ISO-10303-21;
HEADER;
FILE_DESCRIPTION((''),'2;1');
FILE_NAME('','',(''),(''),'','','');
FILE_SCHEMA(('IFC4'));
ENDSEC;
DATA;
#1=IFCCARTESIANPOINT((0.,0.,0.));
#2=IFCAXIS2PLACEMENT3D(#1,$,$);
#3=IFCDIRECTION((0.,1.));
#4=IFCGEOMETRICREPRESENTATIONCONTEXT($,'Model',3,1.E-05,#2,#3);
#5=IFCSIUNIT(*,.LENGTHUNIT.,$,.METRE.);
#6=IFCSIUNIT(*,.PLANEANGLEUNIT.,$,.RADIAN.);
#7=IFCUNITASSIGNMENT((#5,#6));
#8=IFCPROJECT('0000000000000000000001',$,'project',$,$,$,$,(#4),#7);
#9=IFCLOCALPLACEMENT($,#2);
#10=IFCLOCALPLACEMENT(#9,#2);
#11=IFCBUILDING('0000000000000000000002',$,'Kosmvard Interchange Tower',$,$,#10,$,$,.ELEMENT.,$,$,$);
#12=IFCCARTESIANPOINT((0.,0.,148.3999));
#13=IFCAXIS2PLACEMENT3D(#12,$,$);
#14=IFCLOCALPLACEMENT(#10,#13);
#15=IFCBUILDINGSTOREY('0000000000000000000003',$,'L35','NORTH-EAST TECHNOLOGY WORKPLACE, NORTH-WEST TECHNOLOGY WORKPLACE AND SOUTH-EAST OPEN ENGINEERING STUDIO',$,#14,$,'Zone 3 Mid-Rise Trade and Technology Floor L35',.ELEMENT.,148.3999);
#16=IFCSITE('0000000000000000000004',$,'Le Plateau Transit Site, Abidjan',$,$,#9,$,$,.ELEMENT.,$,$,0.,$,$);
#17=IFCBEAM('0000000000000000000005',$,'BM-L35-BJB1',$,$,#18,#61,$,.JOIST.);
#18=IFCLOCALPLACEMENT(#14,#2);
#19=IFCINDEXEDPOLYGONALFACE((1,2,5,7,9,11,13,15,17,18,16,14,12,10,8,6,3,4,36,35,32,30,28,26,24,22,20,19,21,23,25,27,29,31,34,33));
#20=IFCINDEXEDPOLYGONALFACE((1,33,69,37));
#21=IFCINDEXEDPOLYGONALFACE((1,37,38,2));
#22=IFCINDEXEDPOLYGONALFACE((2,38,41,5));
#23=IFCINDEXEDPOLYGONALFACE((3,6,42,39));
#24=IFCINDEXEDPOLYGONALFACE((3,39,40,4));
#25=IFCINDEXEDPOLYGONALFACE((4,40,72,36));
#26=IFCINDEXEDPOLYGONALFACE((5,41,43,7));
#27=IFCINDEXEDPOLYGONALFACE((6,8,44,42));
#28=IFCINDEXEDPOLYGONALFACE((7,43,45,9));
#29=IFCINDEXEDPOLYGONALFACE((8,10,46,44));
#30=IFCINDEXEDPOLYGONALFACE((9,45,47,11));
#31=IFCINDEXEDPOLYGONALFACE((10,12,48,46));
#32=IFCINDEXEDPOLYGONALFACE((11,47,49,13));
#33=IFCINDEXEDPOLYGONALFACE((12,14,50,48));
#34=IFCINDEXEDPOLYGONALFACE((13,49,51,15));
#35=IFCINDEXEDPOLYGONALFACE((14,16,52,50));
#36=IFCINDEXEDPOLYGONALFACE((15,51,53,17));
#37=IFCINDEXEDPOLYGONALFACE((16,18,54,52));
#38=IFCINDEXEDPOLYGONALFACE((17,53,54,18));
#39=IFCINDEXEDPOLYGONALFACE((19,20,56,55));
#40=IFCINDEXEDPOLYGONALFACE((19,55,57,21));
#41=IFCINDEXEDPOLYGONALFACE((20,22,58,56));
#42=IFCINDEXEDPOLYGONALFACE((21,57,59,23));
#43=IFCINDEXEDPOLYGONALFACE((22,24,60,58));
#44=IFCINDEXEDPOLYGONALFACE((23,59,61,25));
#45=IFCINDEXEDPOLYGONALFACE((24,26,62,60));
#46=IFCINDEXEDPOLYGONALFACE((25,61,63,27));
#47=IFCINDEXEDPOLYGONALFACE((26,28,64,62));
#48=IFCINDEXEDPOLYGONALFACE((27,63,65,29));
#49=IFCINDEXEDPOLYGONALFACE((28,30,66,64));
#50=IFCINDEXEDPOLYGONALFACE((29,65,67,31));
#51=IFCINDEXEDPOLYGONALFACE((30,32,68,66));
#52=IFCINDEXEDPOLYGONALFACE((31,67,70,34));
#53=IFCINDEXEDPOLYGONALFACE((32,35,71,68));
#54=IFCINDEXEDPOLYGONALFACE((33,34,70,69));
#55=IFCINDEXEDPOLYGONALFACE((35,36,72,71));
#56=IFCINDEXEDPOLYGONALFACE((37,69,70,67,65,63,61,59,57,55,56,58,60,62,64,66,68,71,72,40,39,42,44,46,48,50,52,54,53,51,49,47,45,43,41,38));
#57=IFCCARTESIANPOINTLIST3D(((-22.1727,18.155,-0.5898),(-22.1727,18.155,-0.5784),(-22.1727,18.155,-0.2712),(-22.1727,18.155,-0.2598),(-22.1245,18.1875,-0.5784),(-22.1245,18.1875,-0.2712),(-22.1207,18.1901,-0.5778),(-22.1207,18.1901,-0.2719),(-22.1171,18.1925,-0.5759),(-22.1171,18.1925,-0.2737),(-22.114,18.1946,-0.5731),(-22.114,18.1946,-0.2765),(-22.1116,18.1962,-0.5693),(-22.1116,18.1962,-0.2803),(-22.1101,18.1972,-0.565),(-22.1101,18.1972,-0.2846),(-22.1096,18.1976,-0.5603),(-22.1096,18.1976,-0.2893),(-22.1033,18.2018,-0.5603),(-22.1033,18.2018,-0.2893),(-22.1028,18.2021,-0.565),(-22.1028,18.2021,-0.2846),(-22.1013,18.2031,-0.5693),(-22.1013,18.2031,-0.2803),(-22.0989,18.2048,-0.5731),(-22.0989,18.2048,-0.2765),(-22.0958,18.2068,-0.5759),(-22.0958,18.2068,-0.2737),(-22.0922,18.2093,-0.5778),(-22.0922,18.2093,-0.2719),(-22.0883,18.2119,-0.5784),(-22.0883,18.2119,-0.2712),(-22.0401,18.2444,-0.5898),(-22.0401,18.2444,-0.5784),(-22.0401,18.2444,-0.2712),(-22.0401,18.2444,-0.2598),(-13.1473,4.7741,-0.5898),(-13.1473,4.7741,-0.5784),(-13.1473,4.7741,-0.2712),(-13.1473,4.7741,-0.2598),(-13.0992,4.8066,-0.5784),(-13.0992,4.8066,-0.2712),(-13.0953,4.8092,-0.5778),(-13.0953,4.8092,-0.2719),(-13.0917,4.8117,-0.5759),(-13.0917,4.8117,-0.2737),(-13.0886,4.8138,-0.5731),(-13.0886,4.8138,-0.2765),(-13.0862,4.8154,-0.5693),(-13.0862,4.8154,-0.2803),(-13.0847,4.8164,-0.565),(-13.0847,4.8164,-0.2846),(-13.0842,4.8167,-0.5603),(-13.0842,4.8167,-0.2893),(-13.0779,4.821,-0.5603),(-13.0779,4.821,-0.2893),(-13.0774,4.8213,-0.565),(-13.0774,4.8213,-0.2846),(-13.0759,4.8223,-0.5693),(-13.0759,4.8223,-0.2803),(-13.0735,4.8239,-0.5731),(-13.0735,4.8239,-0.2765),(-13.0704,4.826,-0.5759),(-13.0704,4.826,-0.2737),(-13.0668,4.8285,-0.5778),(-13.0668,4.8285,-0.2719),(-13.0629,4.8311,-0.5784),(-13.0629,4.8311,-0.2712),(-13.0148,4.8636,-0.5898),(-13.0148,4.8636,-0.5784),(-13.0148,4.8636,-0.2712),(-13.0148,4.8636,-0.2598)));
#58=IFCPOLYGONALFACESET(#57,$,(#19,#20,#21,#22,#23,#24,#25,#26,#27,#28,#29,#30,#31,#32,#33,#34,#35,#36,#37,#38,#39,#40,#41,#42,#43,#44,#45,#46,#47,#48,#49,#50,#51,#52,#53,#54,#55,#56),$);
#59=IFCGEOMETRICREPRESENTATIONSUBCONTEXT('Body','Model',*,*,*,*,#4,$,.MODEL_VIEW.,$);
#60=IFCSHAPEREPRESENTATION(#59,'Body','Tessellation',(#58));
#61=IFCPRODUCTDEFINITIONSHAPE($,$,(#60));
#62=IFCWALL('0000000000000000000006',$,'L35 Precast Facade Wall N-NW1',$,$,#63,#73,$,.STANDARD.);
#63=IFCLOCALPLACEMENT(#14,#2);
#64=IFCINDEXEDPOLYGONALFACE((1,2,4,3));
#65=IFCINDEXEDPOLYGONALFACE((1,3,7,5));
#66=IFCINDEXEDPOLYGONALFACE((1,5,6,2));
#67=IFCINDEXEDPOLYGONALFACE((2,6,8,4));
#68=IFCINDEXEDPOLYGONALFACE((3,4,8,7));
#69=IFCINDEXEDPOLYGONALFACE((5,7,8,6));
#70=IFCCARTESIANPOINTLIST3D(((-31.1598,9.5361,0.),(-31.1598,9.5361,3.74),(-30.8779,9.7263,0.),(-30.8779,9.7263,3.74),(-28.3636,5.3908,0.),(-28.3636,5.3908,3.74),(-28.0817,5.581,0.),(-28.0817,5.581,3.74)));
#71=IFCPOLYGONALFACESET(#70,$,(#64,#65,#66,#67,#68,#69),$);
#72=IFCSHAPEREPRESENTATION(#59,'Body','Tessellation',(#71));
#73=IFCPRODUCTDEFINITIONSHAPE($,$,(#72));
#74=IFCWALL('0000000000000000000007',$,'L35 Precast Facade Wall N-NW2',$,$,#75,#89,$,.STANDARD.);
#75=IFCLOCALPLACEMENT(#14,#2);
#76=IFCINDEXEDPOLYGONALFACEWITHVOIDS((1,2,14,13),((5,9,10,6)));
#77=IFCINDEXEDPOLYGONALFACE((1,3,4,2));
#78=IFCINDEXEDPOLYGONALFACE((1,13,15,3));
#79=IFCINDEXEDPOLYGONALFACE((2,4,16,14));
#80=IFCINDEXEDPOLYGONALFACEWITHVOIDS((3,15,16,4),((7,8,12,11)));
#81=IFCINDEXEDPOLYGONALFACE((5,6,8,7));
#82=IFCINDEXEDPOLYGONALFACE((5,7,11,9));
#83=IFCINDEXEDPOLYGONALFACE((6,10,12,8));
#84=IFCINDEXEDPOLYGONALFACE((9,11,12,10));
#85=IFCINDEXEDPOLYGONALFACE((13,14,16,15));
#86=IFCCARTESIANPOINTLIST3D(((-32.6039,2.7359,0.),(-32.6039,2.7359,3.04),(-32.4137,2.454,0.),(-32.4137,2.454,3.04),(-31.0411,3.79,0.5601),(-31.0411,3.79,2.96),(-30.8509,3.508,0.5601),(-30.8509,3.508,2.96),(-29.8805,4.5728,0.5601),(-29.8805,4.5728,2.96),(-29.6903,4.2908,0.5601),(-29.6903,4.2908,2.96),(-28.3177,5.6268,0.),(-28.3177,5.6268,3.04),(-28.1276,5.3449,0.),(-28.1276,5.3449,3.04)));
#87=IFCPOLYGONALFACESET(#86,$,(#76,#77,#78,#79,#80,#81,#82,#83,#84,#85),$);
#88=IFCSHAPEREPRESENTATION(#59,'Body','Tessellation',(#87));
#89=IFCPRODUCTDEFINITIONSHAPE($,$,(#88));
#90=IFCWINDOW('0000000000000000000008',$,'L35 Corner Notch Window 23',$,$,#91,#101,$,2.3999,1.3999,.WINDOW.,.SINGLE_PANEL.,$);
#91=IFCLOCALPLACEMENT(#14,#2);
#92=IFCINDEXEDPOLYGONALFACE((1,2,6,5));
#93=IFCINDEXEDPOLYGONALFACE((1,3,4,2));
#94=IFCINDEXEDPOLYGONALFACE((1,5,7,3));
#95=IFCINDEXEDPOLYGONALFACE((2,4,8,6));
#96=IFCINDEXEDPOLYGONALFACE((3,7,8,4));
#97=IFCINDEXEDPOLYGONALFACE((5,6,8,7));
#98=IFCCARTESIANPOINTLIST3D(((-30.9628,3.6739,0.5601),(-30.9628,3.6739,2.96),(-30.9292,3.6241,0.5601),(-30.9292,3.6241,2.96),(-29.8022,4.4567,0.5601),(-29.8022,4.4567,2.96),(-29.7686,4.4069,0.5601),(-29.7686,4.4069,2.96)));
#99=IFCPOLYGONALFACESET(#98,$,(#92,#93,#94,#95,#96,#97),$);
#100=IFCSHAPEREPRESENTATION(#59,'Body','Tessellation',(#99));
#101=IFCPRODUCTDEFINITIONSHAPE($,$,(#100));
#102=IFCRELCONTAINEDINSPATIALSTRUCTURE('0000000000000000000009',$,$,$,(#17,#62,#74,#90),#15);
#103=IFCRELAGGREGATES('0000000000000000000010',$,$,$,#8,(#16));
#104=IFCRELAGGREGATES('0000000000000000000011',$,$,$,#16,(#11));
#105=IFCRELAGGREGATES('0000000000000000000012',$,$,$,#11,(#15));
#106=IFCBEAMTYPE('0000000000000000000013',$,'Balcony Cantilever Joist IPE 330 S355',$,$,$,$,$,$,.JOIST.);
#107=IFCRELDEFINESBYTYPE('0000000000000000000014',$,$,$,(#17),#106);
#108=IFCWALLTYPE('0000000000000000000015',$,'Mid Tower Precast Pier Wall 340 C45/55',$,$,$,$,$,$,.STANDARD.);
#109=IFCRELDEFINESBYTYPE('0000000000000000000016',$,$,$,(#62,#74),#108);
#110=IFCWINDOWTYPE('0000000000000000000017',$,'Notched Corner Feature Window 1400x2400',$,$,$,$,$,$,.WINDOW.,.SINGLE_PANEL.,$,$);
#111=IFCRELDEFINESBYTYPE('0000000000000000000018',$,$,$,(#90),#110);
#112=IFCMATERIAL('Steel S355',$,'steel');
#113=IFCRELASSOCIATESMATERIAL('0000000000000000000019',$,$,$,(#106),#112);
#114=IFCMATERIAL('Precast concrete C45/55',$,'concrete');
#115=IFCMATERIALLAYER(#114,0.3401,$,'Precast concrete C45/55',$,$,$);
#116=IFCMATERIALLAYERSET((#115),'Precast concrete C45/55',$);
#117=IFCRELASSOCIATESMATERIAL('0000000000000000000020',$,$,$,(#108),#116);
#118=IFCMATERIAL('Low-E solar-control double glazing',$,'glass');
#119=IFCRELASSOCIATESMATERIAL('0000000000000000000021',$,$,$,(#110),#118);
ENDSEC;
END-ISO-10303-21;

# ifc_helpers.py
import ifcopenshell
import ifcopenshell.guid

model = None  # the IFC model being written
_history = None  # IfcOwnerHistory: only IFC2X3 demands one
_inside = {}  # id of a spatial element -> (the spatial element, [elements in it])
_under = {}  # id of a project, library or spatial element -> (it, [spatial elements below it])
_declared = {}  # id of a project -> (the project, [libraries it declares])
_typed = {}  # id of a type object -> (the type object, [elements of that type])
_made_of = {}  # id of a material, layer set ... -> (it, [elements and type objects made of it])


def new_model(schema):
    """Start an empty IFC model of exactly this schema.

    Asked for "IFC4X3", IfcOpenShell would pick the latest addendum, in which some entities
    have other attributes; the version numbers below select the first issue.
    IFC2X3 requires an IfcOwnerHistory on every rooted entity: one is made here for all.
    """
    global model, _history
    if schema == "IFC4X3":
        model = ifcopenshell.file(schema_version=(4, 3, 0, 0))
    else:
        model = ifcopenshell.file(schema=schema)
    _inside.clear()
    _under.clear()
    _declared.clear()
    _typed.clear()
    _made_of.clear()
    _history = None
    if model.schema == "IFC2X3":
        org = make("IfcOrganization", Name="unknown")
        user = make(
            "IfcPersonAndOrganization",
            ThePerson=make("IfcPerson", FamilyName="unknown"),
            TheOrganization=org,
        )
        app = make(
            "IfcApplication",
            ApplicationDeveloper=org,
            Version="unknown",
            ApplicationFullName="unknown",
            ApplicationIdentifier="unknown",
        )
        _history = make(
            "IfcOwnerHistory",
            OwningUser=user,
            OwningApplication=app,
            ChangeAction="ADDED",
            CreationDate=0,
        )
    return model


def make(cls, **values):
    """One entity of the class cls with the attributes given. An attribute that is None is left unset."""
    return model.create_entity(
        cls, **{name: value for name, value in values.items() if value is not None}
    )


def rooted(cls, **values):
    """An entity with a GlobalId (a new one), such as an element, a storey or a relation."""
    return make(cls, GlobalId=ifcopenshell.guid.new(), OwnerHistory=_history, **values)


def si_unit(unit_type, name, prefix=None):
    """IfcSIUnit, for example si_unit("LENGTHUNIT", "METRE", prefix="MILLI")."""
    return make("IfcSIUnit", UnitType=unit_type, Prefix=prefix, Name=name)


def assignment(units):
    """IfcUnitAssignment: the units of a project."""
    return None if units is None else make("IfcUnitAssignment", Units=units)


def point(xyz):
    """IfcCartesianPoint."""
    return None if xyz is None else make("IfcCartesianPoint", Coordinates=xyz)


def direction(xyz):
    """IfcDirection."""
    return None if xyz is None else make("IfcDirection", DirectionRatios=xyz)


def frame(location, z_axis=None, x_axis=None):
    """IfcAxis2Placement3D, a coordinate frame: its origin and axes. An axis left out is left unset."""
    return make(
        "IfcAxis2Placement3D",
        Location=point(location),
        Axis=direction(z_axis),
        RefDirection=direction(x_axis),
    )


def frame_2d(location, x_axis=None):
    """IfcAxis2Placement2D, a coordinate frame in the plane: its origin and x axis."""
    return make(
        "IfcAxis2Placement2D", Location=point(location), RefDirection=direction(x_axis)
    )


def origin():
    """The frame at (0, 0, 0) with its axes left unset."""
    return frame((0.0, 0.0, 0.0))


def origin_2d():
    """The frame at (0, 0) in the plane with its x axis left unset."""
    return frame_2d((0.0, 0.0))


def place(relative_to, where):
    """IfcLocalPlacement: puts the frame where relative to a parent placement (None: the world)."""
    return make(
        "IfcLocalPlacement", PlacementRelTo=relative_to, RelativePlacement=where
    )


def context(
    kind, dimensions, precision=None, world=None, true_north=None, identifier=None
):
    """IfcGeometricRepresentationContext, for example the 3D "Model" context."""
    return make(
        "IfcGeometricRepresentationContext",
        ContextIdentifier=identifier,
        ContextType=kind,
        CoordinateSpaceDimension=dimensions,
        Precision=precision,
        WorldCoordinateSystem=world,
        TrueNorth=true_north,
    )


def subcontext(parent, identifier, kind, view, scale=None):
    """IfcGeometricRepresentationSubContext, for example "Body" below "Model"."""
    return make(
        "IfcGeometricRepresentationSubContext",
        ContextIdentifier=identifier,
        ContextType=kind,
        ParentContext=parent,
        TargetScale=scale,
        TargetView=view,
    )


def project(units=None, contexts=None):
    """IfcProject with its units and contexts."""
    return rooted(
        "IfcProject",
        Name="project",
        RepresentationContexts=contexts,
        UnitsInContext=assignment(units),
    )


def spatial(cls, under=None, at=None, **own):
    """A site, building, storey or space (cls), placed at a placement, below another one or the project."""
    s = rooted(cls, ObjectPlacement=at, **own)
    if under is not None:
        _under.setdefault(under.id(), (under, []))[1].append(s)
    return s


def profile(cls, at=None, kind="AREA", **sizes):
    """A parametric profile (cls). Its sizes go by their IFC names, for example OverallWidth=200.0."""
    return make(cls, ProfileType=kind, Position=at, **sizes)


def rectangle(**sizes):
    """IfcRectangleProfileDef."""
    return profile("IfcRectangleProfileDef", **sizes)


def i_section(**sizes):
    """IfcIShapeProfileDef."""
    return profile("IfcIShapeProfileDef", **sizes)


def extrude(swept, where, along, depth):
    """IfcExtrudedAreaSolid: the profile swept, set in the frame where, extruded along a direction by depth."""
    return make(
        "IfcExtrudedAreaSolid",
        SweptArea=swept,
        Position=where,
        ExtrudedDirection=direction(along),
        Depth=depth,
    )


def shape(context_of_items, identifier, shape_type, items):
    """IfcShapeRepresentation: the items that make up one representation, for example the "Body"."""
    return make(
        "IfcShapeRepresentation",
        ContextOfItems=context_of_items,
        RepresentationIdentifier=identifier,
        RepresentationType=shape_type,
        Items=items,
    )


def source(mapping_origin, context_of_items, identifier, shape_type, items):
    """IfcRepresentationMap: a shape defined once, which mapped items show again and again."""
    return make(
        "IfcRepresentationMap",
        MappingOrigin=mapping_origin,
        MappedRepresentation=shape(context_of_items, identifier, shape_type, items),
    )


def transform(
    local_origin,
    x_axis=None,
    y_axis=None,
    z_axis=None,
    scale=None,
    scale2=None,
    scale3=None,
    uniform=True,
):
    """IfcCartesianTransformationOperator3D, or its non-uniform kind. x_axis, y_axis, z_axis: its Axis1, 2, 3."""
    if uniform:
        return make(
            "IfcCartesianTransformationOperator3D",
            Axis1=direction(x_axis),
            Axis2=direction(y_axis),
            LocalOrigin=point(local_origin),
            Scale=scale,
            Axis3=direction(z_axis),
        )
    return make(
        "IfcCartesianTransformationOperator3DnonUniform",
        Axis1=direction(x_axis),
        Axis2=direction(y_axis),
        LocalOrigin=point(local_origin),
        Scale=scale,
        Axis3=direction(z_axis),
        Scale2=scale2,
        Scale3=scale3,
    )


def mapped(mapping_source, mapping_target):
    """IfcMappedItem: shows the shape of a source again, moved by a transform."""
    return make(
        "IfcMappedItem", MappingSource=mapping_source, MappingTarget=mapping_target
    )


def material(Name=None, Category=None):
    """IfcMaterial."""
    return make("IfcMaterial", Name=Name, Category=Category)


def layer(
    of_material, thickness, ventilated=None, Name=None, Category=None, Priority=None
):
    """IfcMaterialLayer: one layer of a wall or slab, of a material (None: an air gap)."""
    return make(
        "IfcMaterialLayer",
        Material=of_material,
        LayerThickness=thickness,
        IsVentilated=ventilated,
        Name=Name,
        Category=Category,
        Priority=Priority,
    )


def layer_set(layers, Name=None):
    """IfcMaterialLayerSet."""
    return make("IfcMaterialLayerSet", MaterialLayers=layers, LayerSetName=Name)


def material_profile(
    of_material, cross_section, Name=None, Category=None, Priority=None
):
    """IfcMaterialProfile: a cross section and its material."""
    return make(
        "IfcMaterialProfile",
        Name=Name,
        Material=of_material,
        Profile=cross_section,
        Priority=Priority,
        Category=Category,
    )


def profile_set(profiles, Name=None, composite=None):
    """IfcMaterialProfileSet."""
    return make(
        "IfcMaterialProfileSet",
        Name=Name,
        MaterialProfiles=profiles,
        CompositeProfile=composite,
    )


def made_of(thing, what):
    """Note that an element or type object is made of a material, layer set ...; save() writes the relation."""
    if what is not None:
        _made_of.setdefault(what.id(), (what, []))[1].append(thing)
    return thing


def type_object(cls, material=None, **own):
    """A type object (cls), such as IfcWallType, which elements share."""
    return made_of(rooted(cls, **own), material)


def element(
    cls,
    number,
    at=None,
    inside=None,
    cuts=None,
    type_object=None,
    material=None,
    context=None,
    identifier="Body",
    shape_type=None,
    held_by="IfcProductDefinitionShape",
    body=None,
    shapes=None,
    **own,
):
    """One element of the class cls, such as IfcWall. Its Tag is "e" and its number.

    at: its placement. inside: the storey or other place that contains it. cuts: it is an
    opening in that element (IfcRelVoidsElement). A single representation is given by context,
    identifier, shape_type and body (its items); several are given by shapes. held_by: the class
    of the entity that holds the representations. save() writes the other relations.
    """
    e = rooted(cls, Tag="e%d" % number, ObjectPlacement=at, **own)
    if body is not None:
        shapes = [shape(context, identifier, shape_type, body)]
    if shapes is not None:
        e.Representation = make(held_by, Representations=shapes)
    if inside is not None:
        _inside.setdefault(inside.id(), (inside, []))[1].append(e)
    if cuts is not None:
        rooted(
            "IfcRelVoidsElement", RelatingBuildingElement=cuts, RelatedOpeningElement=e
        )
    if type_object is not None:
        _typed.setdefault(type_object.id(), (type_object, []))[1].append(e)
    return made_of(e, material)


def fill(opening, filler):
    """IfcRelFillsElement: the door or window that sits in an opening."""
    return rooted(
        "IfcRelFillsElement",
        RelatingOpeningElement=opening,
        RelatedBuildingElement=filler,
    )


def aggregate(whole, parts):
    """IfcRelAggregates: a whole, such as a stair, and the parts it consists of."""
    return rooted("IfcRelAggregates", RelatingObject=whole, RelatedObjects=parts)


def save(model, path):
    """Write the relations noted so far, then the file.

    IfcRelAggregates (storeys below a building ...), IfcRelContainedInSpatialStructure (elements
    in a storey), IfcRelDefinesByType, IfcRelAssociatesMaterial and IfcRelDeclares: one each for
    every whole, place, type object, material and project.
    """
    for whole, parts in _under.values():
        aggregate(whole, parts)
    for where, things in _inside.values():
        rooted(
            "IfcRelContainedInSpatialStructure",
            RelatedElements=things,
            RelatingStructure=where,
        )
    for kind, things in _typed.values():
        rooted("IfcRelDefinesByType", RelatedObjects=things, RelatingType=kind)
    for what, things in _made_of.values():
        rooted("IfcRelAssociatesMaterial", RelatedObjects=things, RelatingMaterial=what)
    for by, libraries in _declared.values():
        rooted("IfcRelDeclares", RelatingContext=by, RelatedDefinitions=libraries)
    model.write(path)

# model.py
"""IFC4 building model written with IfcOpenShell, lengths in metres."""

from ifc_helpers import new_model, si_unit, direction, frame, frame_2d, origin, origin_2d, place, context, subcontext, project, spatial, rectangle, i_section, extrude, source, transform, mapped, material, layer, layer_set, material_profile, profile_set, type_object, element, fill, save


model = new_model("IFC4")

# Units and contexts
model_context = context("Model", 3, precision=1e-05, world=origin(), true_north=direction((0.0, 1.0)))
body_context = subcontext(model_context, "Body", "Model", "MODEL_VIEW")
ifc_project = project(units=[si_unit("LENGTHUNIT", "METRE"), si_unit("PLANEANGLEUNIT", "RADIAN")], contexts=[model_context])

# Site, building, storey
site_placement = place(None, origin())
site = spatial("IfcSite", under=ifc_project, at=site_placement, Name="Le Plateau Transit Site, Abidjan", CompositionType="ELEMENT", RefElevation=0.0)
building_placement = place(site_placement, origin())
building = spatial("IfcBuilding", under=site, at=building_placement, Name="Kosmvard Interchange Tower", CompositionType="ELEMENT")
storey_placement = place(building_placement, frame((0.0, 0.0, 148.3999)))
storey = spatial("IfcBuildingStorey", under=building, at=storey_placement, Name="L35", Description="NORTH-EAST TECHNOLOGY WORKPLACE, NORTH-WEST TECHNOLOGY WORKPLACE AND SOUTH-EAST OPEN ENGINEERING STUDIO", LongName="Zone 3 Mid-Rise Trade and Technology Floor L35", CompositionType="ELEMENT", Elevation=148.3999)

# Beam
ifc_material_1 = material(Name="Steel S355", Category="steel")
ifc_material_2 = material(Name="Precast concrete C45/55", Category="concrete")
ifc_material_profile_1 = material_profile(ifc_material_1, i_section(OverallWidth=0.1599, OverallDepth=0.3301, WebThickness=0.0076, FlangeThickness=0.0115, FilletRadius=0.0181, at=origin_2d()), Name="IPE 330")
ifc_profile_set_1 = profile_set([ifc_material_profile_1], Name="Steel S355")
beam_type_1 = type_object("IfcBeamType", Name="Balcony Cantilever Joist IPE 330 S355", PredefinedType="JOIST", material=ifc_profile_set_1)
shared_shape_1 = source(origin(), body_context, "Body", "SweptSolid", [
    extrude(i_section(OverallWidth=0.1599, OverallDepth=0.3301, WebThickness=0.0076, FlangeThickness=0.0115, FilletRadius=0.0181, at=origin_2d()), origin(), (0.0, 0.0, 1.0), 16.1401),
])
beam_1_placement = place(storey_placement, frame((-13.0811, 4.8188, -0.4248), z_axis=(-0.559188, 0.829041, 0.0), x_axis=(-0.829041, -0.559188, 0.0)))
element("IfcBeam", 1, at=beam_1_placement, inside=storey, type_object=beam_type_1, Name="BM-L35-BJB1", PredefinedType="JOIST", context=body_context, shape_type="MappedRepresentation", body=[
    mapped(shared_shape_1, transform((0.0, 0.0, 0.0), scale=1.0)),
])

# Wall
ifc_layer_1 = layer(ifc_material_2, 0.3401, Name="Precast concrete C45/55")
ifc_layer_set_1 = layer_set([ifc_layer_1], Name="Precast concrete C45/55")
wall_type = type_object("IfcWallType", Name="Mid Tower Precast Pier Wall 340 C45/55", PredefinedType="STANDARD", material=ifc_layer_set_1)
wall_1_placement = place(storey_placement, frame((-31.0188, 9.6311, 0.0), z_axis=(0.0, 0.0, 1.0), x_axis=(0.55921, -0.829026, 0.0)))
element("IfcWall", 2, at=wall_1_placement, inside=storey, type_object=wall_type, Name="L35 Precast Facade Wall N-NW1", PredefinedType="STANDARD", context=body_context, shape_type="SweptSolid", body=[
    extrude(rectangle(XDim=5.0002, YDim=0.3401, at=frame_2d((2.5, 0.0))), origin(), (0.0, 0.0, 1.0), 3.74),
])

# Wall, opening, window
wall_2_placement = place(storey_placement, frame((-28.2227, 5.4858, 0.0), z_axis=(0.0, 0.0, 1.0), x_axis=(-0.829052, -0.559171, 0.0)))
wall_2 = element("IfcWall", 3, at=wall_2_placement, inside=storey, type_object=wall_type, Name="L35 Precast Facade Wall N-NW2", PredefinedType="STANDARD", context=body_context, shape_type="SweptSolid", body=[
    extrude(rectangle(XDim=5.1699, YDim=0.3401, at=frame_2d((2.585, 0.0))), origin(), (0.0, 0.0, 1.0), 3.04),
])
opening_1_placement = place(wall_2_placement, frame((1.885, 0.0, 0.5601)))
opening_1 = element("IfcOpeningElement", 4, at=opening_1_placement, cuts=wall_2, PredefinedType="OPENING", context=body_context, shape_type="SweptSolid", body=[
    extrude(rectangle(XDim=1.3999, YDim=2.3999, at=frame_2d((0.7, 1.2))), frame((0.0, 0.1802, 0.0), z_axis=(0.0, -1.0, 0.0), x_axis=(1.0, 0.0, 0.0)), (0.0, 0.0, 1.0), 0.3601),
])
ifc_material_3 = material(Name="Low-E solar-control double glazing", Category="glass")
window_type_1 = type_object("IfcWindowType", Name="Notched Corner Feature Window 1400x2400", PartitioningType="SINGLE_PANEL", PredefinedType="WINDOW", material=ifc_material_3)
shared_shape_2 = source(origin(), body_context, "Body", "SweptSolid", [
    extrude(rectangle(XDim=1.3999, YDim=2.3999, at=frame_2d((0.7, 1.2))), frame((0.0, 0.03, 0.0), z_axis=(0.0, -1.0, 0.0), x_axis=(1.0, 0.0, 0.0)), (0.0, 0.0, 1.0), 0.0601),
])
window_1_placement = place(opening_1_placement, origin())
window_1 = element("IfcWindow", 5, at=window_1_placement, inside=storey, type_object=window_type_1, Name="L35 Corner Notch Window 23", OverallHeight=2.3999, OverallWidth=1.3999, PartitioningType="SINGLE_PANEL", PredefinedType="WINDOW", context=body_context, shape_type="MappedRepresentation", body=[
    mapped(shared_shape_2, transform((0.0, 0.0, 0.0), scale=1.0)),
])
fill(opening_1, window_1)

save(model, "model.ifc")
